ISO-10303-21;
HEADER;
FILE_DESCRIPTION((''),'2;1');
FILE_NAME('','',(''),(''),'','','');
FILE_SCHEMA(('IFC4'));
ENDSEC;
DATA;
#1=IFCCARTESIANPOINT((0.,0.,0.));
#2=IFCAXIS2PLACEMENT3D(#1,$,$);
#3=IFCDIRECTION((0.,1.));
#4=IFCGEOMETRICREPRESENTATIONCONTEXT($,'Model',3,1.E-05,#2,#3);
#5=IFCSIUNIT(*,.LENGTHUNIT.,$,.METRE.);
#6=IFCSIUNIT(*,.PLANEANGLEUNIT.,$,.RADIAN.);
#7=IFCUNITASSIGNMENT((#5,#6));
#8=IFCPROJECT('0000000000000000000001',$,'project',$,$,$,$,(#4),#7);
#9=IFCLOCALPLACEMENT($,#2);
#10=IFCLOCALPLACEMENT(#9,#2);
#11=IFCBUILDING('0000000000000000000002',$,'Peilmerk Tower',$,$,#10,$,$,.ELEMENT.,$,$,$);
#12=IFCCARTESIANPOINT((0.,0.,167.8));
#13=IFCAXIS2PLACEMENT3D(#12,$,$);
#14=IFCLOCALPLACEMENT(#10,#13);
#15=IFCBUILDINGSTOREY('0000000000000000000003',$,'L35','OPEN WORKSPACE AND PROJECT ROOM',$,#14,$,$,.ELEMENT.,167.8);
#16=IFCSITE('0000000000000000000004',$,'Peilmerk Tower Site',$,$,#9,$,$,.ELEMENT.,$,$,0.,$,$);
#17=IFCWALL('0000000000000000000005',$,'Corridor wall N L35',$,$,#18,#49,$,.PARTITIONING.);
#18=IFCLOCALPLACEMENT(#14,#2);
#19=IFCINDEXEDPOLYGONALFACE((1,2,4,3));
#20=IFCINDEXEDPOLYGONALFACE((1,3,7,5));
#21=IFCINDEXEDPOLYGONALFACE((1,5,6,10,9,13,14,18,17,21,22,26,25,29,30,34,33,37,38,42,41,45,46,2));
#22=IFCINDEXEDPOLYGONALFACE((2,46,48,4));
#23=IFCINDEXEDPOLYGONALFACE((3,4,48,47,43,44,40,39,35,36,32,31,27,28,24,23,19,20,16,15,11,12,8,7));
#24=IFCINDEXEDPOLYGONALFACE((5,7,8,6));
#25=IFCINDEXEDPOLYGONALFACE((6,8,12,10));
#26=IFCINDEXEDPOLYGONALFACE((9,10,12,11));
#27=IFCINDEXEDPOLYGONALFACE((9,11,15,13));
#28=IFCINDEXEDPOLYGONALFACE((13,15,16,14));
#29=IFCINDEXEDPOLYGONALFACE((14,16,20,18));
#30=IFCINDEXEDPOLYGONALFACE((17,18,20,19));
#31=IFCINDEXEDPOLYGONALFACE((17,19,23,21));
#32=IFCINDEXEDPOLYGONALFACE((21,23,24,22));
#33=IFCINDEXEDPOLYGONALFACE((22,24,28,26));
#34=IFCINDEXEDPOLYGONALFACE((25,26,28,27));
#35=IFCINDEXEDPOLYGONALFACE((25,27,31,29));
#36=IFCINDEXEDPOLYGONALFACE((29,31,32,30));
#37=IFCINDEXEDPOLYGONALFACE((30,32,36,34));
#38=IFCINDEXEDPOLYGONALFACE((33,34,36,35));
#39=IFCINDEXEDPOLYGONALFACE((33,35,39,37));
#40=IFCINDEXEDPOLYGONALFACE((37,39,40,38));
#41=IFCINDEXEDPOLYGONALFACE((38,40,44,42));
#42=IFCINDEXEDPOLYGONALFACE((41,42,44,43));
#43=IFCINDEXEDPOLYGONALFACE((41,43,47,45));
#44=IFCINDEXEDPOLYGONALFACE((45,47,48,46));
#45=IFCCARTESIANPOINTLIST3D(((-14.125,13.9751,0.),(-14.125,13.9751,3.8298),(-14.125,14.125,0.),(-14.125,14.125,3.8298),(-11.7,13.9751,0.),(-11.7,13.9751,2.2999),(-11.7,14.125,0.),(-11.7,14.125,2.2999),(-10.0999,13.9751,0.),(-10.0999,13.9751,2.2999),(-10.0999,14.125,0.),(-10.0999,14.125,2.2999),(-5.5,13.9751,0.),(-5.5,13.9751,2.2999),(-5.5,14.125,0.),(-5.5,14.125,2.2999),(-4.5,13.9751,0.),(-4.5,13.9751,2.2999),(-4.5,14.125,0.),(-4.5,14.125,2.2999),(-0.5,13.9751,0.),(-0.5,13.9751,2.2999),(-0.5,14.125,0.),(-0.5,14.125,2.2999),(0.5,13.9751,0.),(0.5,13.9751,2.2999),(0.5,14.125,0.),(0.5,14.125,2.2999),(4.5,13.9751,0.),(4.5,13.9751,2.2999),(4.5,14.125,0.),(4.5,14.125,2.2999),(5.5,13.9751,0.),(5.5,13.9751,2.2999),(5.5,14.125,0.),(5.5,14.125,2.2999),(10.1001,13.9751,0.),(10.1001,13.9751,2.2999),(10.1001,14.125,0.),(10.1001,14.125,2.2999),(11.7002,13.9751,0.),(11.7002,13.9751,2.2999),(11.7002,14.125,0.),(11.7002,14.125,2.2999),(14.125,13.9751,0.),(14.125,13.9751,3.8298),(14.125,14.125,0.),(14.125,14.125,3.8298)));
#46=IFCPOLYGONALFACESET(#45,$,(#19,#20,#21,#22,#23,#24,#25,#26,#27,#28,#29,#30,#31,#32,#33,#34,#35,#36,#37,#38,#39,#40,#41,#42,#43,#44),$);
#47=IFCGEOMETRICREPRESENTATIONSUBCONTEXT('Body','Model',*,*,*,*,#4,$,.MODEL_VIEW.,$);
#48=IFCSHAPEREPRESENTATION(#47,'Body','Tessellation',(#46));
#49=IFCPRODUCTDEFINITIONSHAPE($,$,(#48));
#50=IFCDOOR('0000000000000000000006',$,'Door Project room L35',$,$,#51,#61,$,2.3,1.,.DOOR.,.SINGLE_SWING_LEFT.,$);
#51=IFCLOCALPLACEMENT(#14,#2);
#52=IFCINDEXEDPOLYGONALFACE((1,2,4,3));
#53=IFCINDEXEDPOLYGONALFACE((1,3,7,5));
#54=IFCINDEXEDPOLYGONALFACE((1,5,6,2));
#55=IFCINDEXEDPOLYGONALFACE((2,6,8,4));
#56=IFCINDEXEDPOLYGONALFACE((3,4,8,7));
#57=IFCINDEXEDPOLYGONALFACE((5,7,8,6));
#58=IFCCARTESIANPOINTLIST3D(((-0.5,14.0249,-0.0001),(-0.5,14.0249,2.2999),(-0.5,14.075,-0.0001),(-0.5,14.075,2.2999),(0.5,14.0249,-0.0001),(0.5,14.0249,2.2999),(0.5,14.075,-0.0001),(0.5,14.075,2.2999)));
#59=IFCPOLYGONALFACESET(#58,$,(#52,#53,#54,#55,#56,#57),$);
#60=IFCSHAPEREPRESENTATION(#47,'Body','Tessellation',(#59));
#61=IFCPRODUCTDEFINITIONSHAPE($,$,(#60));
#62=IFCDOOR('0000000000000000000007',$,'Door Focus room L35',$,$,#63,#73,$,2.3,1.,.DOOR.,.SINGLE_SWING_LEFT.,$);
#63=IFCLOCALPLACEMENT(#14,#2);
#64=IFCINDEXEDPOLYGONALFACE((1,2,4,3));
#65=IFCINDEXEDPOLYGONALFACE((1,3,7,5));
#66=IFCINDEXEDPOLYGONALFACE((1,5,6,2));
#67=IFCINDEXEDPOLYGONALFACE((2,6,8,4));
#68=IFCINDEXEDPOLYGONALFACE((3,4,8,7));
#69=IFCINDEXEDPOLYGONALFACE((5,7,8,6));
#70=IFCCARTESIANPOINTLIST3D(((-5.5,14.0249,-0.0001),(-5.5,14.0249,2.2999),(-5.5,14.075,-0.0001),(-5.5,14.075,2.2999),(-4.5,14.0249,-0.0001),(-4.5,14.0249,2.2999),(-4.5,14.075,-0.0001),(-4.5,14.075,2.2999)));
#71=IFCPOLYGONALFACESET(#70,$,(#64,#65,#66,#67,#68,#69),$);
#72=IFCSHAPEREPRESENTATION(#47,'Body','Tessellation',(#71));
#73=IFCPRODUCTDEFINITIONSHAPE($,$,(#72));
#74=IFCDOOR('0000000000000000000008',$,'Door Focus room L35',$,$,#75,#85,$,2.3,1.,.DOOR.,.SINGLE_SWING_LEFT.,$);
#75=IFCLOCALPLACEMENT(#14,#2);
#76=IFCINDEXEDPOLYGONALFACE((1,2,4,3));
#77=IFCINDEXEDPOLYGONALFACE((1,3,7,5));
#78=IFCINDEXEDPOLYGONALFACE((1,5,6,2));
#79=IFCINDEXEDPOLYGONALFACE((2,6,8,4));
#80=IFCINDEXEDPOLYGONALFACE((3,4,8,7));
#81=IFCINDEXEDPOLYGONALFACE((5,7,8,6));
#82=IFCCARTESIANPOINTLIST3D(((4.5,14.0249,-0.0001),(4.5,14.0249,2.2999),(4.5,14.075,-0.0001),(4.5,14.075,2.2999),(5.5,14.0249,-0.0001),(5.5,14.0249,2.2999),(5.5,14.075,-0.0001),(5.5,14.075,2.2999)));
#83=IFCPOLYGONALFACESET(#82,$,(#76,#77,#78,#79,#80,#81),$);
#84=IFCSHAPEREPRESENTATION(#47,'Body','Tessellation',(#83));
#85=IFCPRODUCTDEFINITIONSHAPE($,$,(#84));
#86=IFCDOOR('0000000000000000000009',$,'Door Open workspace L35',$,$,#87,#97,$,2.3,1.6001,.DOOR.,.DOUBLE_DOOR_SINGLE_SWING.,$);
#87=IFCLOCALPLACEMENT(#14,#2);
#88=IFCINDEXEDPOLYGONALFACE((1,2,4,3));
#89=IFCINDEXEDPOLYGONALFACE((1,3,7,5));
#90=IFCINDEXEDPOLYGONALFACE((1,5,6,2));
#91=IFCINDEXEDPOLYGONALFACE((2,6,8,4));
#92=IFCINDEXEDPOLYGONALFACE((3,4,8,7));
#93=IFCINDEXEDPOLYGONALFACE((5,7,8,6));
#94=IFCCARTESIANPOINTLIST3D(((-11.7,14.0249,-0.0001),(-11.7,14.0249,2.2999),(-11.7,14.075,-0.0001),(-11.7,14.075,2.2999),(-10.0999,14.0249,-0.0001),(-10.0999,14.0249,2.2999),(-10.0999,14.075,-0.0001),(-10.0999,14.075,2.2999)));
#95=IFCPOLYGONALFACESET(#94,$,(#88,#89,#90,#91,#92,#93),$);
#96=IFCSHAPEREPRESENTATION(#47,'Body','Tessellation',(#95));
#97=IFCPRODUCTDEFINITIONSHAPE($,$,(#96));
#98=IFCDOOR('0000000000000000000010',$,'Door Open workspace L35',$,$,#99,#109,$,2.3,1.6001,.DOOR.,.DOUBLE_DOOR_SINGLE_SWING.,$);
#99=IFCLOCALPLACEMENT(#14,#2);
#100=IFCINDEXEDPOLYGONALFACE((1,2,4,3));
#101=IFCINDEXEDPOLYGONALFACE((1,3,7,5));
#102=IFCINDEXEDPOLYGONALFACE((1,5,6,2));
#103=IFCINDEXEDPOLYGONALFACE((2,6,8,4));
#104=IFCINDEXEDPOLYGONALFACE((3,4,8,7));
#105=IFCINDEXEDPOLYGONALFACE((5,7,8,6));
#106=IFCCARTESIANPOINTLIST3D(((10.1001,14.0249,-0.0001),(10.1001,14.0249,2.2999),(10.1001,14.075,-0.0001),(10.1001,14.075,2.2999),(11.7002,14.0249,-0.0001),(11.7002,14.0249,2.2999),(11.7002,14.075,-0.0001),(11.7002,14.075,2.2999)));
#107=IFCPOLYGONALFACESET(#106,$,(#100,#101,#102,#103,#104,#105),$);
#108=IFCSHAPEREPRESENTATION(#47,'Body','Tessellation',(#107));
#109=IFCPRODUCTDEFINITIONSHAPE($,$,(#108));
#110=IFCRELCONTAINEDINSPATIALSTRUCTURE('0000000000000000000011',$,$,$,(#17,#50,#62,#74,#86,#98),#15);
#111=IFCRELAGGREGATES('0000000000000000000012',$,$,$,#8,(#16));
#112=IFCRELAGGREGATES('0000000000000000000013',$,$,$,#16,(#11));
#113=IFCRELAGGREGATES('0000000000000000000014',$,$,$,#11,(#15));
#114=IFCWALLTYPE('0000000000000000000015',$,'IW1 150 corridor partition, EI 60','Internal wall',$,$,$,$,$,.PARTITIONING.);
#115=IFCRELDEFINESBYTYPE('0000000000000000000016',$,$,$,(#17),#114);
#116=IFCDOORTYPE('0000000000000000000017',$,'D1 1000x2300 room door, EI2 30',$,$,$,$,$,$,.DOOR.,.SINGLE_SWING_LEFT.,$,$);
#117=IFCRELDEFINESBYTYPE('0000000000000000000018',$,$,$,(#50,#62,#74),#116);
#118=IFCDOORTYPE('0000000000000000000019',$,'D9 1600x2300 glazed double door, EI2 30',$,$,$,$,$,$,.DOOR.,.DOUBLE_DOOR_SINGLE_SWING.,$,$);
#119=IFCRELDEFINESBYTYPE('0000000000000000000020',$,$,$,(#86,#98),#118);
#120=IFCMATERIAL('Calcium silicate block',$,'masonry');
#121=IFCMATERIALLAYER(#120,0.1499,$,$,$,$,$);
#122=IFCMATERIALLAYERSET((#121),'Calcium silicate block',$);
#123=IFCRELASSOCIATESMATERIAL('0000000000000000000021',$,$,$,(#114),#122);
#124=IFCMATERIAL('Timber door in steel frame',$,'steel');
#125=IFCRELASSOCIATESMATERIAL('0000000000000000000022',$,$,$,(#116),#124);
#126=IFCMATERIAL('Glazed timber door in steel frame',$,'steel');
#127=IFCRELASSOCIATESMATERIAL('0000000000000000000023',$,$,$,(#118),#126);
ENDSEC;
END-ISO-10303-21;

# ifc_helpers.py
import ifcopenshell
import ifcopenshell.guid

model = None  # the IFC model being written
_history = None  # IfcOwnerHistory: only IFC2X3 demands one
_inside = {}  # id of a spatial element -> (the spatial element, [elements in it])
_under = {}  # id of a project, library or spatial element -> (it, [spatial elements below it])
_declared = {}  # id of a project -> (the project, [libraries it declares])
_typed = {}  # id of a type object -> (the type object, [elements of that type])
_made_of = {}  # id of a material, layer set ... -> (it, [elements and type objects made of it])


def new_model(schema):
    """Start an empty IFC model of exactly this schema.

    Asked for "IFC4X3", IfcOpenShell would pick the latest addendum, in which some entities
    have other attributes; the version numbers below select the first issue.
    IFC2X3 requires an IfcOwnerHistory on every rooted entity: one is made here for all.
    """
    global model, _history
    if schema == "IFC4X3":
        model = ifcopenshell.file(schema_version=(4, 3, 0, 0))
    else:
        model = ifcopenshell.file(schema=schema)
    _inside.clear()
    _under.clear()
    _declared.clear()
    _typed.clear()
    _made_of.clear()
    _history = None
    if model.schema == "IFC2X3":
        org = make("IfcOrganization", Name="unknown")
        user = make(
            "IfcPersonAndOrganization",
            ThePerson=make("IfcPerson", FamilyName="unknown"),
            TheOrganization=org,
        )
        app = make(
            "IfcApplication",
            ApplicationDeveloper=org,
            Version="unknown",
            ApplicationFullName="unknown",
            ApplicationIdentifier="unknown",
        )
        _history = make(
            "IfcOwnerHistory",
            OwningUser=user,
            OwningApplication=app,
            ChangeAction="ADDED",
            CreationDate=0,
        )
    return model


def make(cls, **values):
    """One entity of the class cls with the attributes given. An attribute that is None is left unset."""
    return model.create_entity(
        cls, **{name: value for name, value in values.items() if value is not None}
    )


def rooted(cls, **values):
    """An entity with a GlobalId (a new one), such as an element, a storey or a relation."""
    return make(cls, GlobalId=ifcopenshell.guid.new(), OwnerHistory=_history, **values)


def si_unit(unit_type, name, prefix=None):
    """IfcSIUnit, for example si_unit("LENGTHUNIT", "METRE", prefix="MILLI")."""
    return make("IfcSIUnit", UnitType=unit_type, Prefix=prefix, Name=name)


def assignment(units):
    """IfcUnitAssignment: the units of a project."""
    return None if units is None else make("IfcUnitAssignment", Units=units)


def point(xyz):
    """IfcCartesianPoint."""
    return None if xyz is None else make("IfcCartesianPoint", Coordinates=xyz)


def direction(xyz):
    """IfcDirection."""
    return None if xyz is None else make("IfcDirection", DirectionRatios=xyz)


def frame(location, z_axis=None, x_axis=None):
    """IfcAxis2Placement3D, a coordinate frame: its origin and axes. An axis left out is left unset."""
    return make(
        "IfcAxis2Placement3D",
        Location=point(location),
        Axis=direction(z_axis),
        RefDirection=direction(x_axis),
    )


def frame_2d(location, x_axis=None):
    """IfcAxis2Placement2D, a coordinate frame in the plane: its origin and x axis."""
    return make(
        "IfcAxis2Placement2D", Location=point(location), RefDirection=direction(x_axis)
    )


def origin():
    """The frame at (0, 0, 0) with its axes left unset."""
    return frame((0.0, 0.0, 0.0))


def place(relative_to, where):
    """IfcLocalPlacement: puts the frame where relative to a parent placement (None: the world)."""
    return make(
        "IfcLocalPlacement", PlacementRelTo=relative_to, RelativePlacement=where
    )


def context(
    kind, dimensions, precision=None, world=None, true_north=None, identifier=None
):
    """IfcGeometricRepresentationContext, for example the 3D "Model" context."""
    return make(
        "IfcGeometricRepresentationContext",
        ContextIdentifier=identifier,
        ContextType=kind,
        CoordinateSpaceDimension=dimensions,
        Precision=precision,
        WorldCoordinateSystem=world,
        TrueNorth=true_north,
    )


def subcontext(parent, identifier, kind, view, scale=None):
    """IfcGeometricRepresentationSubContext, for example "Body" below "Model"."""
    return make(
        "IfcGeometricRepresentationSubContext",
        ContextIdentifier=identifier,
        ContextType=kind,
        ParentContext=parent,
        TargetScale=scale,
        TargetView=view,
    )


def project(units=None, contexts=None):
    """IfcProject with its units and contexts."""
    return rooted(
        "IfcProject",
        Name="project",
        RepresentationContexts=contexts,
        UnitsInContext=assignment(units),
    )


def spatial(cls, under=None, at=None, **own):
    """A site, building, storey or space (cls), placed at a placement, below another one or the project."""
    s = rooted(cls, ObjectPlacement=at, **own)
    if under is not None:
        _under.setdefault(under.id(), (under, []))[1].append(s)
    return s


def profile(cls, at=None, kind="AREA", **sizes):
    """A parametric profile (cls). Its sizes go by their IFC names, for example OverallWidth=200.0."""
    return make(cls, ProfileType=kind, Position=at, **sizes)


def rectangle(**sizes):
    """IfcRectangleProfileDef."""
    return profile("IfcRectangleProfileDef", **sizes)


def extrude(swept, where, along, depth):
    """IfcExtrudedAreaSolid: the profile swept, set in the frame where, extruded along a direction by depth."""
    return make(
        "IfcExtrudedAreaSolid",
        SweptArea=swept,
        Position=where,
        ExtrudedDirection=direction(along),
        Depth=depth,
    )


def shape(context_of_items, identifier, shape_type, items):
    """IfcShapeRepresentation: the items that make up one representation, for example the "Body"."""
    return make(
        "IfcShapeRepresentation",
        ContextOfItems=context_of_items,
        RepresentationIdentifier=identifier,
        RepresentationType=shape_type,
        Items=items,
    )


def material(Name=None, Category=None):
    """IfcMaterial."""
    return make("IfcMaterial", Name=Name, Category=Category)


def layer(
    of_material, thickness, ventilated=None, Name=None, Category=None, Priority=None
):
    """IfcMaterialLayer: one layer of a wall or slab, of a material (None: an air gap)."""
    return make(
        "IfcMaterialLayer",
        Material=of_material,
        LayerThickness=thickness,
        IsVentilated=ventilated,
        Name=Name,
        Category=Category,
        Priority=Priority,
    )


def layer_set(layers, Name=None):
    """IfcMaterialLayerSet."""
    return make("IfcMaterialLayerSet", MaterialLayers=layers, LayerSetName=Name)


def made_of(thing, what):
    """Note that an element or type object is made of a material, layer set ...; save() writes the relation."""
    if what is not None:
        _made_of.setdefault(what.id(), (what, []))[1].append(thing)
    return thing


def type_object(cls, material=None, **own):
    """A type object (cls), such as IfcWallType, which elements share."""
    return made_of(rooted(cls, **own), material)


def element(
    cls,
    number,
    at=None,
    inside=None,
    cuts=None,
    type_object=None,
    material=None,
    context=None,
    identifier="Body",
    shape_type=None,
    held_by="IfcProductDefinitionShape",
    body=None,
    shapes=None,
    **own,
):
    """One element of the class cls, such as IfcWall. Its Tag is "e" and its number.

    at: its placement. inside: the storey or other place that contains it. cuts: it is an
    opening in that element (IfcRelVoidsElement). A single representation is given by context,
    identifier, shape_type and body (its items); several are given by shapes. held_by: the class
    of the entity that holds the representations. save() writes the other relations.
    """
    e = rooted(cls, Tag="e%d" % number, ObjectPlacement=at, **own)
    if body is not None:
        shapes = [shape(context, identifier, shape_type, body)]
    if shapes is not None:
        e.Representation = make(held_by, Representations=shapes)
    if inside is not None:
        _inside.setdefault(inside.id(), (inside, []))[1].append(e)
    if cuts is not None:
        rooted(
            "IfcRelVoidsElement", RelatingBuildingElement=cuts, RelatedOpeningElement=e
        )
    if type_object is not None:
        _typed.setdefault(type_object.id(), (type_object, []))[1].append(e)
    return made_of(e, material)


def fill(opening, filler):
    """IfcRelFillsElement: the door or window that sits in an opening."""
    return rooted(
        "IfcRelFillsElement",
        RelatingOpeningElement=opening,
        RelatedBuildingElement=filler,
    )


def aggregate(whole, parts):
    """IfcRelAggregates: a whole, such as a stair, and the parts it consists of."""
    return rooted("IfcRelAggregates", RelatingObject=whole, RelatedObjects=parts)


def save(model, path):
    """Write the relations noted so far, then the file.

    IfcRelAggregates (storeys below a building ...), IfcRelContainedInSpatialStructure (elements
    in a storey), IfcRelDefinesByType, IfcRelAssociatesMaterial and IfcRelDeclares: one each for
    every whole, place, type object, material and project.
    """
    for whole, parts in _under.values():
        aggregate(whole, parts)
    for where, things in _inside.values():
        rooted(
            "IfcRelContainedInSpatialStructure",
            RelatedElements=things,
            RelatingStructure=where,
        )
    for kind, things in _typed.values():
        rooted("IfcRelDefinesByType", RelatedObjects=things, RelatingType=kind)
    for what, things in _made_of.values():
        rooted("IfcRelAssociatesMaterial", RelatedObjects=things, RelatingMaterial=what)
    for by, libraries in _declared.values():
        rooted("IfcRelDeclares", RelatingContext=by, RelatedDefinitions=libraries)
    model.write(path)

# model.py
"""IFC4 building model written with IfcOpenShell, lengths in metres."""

from ifc_helpers import new_model, si_unit, direction, frame, frame_2d, origin, place, context, subcontext, project, spatial, rectangle, extrude, material, layer, layer_set, type_object, element, fill, save


model = new_model("IFC4")

# Units and contexts
model_context = context("Model", 3, precision=1e-05, world=origin(), true_north=direction((0.0, 1.0)))
body_context = subcontext(model_context, "Body", "Model", "MODEL_VIEW")
ifc_project = project(units=[si_unit("LENGTHUNIT", "METRE"), si_unit("PLANEANGLEUNIT", "RADIAN")], contexts=[model_context])

# Site, building, storey
site_placement = place(None, origin())
site = spatial("IfcSite", under=ifc_project, at=site_placement, Name="Peilmerk Tower Site", CompositionType="ELEMENT", RefElevation=0.0)
building_placement = place(site_placement, origin())
building = spatial("IfcBuilding", under=site, at=building_placement, Name="Peilmerk Tower", CompositionType="ELEMENT")
storey_placement = place(building_placement, frame((0.0, 0.0, 167.8)))
storey = spatial("IfcBuildingStorey", under=building, at=storey_placement, Name="L35", Description="OPEN WORKSPACE AND PROJECT ROOM", CompositionType="ELEMENT", Elevation=167.8)

# Wall, openings, doors
ifc_material_1 = material(Name="Calcium silicate block", Category="masonry")
ifc_layer_1 = layer(ifc_material_1, 0.1499)
ifc_layer_set_1 = layer_set([ifc_layer_1], Name="Calcium silicate block")
wall_type_1 = type_object("IfcWallType", Name="IW1 150 corridor partition, EI 60", Description="Internal wall", PredefinedType="PARTITIONING", material=ifc_layer_set_1)
wall_1_placement = place(storey_placement, frame((-14.125, 14.05, 0.0), z_axis=(0.0, 0.0, 1.0), x_axis=(1.0, 0.0, 0.0)))
wall_1 = element("IfcWall", 1, at=wall_1_placement, inside=storey, type_object=wall_type_1, Name="Corridor wall N L35", PredefinedType="PARTITIONING", context=body_context, shape_type="SweptSolid", body=[
    extrude(rectangle(XDim=28.25, YDim=0.1499, at=frame_2d((14.125, 0.0))), origin(), (0.0, 0.0, 1.0), 3.8298),
])
opening_1_placement = place(wall_1_placement, frame((2.425, 0.0, 0.0)))
opening_1 = element("IfcOpeningElement", 2, at=opening_1_placement, cuts=wall_1, PredefinedType="OPENING", context=body_context, shape_type="SweptSolid", body=[
    extrude(rectangle(XDim=1.6001, YDim=2.3, at=frame_2d((0.8, 1.1499))), frame((0.0, 0.085, 0.0), z_axis=(0.0, -1.0, 0.0), x_axis=(1.0, 0.0, 0.0)), (0.0, 0.0, 1.0), 0.1699),
])
opening_2_placement = place(wall_1_placement, frame((13.625, 0.0, 0.0)))
opening_2 = element("IfcOpeningElement", 3, at=opening_2_placement, cuts=wall_1, PredefinedType="OPENING", context=body_context, shape_type="SweptSolid", body=[
    extrude(rectangle(XDim=1.0, YDim=2.3, at=frame_2d((0.5, 1.1499))), frame((0.0, 0.085, 0.0), z_axis=(0.0, -1.0, 0.0), x_axis=(1.0, 0.0, 0.0)), (0.0, 0.0, 1.0), 0.1699),
])
opening_3_placement = place(wall_1_placement, frame((24.2251, 0.0, 0.0)))
opening_3 = element("IfcOpeningElement", 4, at=opening_3_placement, cuts=wall_1, PredefinedType="OPENING", context=body_context, shape_type="SweptSolid", body=[
    extrude(rectangle(XDim=1.6001, YDim=2.3, at=frame_2d((0.8, 1.1499))), frame((0.0, 0.085, 0.0), z_axis=(0.0, -1.0, 0.0), x_axis=(1.0, 0.0, 0.0)), (0.0, 0.0, 1.0), 0.1699),
])
opening_4_placement = place(wall_1_placement, frame((8.625, 0.0, 0.0)))
opening_4 = element("IfcOpeningElement", 5, at=opening_4_placement, cuts=wall_1, PredefinedType="OPENING", context=body_context, shape_type="SweptSolid", body=[
    extrude(rectangle(XDim=1.0, YDim=2.3, at=frame_2d((0.5, 1.1499))), frame((0.0, 0.085, 0.0), z_axis=(0.0, -1.0, 0.0), x_axis=(1.0, 0.0, 0.0)), (0.0, 0.0, 1.0), 0.1699),
])
opening_5_placement = place(wall_1_placement, frame((18.625, 0.0, 0.0)))
opening_5 = element("IfcOpeningElement", 6, at=opening_5_placement, cuts=wall_1, PredefinedType="OPENING", context=body_context, shape_type="SweptSolid", body=[
    extrude(rectangle(XDim=1.0, YDim=2.3, at=frame_2d((0.5, 1.1499))), frame((0.0, 0.085, 0.0), z_axis=(0.0, -1.0, 0.0), x_axis=(1.0, 0.0, 0.0)), (0.0, 0.0, 1.0), 0.1699),
])
ifc_material_2 = material(Name="Timber door in steel frame", Category="steel")
door_type_1 = type_object("IfcDoorType", Name="D1 1000x2300 room door, EI2 30", OperationType="SINGLE_SWING_LEFT", PredefinedType="DOOR", material=ifc_material_2)
door_1_placement = place(opening_2_placement, origin())
door_1 = element("IfcDoor", 7, at=door_1_placement, inside=storey, type_object=door_type_1, Name="Door Project room L35", OperationType="SINGLE_SWING_LEFT", OverallHeight=2.3, OverallWidth=1.0, PredefinedType="DOOR", context=body_context, shape_type="SweptSolid", body=[
    extrude(rectangle(XDim=1.0, YDim=2.3, at=frame_2d((0.5, 1.1499))), frame((0.0, 0.0249, 0.0), z_axis=(0.0, -1.0, 0.0), x_axis=(1.0, 0.0, 0.0)), (0.0, 0.0, 1.0), 0.05),
])
fill(opening_2, door_1)
door_2_placement = place(opening_4_placement, origin())
door_2 = element("IfcDoor", 8, at=door_2_placement, inside=storey, type_object=door_type_1, Name="Door Focus room L35", OperationType="SINGLE_SWING_LEFT", OverallHeight=2.3, OverallWidth=1.0, PredefinedType="DOOR", context=body_context, shape_type="SweptSolid", body=[
    extrude(rectangle(XDim=1.0, YDim=2.3, at=frame_2d((0.5, 1.1499))), frame((0.0, 0.0249, 0.0), z_axis=(0.0, -1.0, 0.0), x_axis=(1.0, 0.0, 0.0)), (0.0, 0.0, 1.0), 0.05),
])
fill(opening_4, door_2)
door_3_placement = place(opening_5_placement, origin())
door_3 = element("IfcDoor", 9, at=door_3_placement, inside=storey, type_object=door_type_1, Name="Door Focus room L35", OperationType="SINGLE_SWING_LEFT", OverallHeight=2.3, OverallWidth=1.0, PredefinedType="DOOR", context=body_context, shape_type="SweptSolid", body=[
    extrude(rectangle(XDim=1.0, YDim=2.3, at=frame_2d((0.5, 1.1499))), frame((0.0, 0.0249, 0.0), z_axis=(0.0, -1.0, 0.0), x_axis=(1.0, 0.0, 0.0)), (0.0, 0.0, 1.0), 0.05),
])
fill(opening_5, door_3)
ifc_material_3 = material(Name="Glazed timber door in steel frame", Category="steel")
door_type_2 = type_object("IfcDoorType", Name="D9 1600x2300 glazed double door, EI2 30", OperationType="DOUBLE_DOOR_SINGLE_SWING", PredefinedType="DOOR", material=ifc_material_3)
door_4_placement = place(opening_1_placement, origin())
door_4 = element("IfcDoor", 10, at=door_4_placement, inside=storey, type_object=door_type_2, Name="Door Open workspace L35", OperationType="DOUBLE_DOOR_SINGLE_SWING", OverallHeight=2.3, OverallWidth=1.6001, PredefinedType="DOOR", context=body_context, shape_type="SweptSolid", body=[
    extrude(rectangle(XDim=1.6001, YDim=2.3, at=frame_2d((0.8, 1.1499))), frame((0.0, 0.0249, 0.0), z_axis=(0.0, -1.0, 0.0), x_axis=(1.0, 0.0, 0.0)), (0.0, 0.0, 1.0), 0.05),
])
fill(opening_1, door_4)
door_5_placement = place(opening_3_placement, origin())
door_5 = element("IfcDoor", 11, at=door_5_placement, inside=storey, type_object=door_type_2, Name="Door Open workspace L35", OperationType="DOUBLE_DOOR_SINGLE_SWING", OverallHeight=2.3, OverallWidth=1.6001, PredefinedType="DOOR", context=body_context, shape_type="SweptSolid", body=[
    extrude(rectangle(XDim=1.6001, YDim=2.3, at=frame_2d((0.8, 1.1499))), frame((0.0, 0.0249, 0.0), z_axis=(0.0, -1.0, 0.0), x_axis=(1.0, 0.0, 0.0)), (0.0, 0.0, 1.0), 0.05),
])
fill(opening_3, door_5)

save(model, "model.ifc")
